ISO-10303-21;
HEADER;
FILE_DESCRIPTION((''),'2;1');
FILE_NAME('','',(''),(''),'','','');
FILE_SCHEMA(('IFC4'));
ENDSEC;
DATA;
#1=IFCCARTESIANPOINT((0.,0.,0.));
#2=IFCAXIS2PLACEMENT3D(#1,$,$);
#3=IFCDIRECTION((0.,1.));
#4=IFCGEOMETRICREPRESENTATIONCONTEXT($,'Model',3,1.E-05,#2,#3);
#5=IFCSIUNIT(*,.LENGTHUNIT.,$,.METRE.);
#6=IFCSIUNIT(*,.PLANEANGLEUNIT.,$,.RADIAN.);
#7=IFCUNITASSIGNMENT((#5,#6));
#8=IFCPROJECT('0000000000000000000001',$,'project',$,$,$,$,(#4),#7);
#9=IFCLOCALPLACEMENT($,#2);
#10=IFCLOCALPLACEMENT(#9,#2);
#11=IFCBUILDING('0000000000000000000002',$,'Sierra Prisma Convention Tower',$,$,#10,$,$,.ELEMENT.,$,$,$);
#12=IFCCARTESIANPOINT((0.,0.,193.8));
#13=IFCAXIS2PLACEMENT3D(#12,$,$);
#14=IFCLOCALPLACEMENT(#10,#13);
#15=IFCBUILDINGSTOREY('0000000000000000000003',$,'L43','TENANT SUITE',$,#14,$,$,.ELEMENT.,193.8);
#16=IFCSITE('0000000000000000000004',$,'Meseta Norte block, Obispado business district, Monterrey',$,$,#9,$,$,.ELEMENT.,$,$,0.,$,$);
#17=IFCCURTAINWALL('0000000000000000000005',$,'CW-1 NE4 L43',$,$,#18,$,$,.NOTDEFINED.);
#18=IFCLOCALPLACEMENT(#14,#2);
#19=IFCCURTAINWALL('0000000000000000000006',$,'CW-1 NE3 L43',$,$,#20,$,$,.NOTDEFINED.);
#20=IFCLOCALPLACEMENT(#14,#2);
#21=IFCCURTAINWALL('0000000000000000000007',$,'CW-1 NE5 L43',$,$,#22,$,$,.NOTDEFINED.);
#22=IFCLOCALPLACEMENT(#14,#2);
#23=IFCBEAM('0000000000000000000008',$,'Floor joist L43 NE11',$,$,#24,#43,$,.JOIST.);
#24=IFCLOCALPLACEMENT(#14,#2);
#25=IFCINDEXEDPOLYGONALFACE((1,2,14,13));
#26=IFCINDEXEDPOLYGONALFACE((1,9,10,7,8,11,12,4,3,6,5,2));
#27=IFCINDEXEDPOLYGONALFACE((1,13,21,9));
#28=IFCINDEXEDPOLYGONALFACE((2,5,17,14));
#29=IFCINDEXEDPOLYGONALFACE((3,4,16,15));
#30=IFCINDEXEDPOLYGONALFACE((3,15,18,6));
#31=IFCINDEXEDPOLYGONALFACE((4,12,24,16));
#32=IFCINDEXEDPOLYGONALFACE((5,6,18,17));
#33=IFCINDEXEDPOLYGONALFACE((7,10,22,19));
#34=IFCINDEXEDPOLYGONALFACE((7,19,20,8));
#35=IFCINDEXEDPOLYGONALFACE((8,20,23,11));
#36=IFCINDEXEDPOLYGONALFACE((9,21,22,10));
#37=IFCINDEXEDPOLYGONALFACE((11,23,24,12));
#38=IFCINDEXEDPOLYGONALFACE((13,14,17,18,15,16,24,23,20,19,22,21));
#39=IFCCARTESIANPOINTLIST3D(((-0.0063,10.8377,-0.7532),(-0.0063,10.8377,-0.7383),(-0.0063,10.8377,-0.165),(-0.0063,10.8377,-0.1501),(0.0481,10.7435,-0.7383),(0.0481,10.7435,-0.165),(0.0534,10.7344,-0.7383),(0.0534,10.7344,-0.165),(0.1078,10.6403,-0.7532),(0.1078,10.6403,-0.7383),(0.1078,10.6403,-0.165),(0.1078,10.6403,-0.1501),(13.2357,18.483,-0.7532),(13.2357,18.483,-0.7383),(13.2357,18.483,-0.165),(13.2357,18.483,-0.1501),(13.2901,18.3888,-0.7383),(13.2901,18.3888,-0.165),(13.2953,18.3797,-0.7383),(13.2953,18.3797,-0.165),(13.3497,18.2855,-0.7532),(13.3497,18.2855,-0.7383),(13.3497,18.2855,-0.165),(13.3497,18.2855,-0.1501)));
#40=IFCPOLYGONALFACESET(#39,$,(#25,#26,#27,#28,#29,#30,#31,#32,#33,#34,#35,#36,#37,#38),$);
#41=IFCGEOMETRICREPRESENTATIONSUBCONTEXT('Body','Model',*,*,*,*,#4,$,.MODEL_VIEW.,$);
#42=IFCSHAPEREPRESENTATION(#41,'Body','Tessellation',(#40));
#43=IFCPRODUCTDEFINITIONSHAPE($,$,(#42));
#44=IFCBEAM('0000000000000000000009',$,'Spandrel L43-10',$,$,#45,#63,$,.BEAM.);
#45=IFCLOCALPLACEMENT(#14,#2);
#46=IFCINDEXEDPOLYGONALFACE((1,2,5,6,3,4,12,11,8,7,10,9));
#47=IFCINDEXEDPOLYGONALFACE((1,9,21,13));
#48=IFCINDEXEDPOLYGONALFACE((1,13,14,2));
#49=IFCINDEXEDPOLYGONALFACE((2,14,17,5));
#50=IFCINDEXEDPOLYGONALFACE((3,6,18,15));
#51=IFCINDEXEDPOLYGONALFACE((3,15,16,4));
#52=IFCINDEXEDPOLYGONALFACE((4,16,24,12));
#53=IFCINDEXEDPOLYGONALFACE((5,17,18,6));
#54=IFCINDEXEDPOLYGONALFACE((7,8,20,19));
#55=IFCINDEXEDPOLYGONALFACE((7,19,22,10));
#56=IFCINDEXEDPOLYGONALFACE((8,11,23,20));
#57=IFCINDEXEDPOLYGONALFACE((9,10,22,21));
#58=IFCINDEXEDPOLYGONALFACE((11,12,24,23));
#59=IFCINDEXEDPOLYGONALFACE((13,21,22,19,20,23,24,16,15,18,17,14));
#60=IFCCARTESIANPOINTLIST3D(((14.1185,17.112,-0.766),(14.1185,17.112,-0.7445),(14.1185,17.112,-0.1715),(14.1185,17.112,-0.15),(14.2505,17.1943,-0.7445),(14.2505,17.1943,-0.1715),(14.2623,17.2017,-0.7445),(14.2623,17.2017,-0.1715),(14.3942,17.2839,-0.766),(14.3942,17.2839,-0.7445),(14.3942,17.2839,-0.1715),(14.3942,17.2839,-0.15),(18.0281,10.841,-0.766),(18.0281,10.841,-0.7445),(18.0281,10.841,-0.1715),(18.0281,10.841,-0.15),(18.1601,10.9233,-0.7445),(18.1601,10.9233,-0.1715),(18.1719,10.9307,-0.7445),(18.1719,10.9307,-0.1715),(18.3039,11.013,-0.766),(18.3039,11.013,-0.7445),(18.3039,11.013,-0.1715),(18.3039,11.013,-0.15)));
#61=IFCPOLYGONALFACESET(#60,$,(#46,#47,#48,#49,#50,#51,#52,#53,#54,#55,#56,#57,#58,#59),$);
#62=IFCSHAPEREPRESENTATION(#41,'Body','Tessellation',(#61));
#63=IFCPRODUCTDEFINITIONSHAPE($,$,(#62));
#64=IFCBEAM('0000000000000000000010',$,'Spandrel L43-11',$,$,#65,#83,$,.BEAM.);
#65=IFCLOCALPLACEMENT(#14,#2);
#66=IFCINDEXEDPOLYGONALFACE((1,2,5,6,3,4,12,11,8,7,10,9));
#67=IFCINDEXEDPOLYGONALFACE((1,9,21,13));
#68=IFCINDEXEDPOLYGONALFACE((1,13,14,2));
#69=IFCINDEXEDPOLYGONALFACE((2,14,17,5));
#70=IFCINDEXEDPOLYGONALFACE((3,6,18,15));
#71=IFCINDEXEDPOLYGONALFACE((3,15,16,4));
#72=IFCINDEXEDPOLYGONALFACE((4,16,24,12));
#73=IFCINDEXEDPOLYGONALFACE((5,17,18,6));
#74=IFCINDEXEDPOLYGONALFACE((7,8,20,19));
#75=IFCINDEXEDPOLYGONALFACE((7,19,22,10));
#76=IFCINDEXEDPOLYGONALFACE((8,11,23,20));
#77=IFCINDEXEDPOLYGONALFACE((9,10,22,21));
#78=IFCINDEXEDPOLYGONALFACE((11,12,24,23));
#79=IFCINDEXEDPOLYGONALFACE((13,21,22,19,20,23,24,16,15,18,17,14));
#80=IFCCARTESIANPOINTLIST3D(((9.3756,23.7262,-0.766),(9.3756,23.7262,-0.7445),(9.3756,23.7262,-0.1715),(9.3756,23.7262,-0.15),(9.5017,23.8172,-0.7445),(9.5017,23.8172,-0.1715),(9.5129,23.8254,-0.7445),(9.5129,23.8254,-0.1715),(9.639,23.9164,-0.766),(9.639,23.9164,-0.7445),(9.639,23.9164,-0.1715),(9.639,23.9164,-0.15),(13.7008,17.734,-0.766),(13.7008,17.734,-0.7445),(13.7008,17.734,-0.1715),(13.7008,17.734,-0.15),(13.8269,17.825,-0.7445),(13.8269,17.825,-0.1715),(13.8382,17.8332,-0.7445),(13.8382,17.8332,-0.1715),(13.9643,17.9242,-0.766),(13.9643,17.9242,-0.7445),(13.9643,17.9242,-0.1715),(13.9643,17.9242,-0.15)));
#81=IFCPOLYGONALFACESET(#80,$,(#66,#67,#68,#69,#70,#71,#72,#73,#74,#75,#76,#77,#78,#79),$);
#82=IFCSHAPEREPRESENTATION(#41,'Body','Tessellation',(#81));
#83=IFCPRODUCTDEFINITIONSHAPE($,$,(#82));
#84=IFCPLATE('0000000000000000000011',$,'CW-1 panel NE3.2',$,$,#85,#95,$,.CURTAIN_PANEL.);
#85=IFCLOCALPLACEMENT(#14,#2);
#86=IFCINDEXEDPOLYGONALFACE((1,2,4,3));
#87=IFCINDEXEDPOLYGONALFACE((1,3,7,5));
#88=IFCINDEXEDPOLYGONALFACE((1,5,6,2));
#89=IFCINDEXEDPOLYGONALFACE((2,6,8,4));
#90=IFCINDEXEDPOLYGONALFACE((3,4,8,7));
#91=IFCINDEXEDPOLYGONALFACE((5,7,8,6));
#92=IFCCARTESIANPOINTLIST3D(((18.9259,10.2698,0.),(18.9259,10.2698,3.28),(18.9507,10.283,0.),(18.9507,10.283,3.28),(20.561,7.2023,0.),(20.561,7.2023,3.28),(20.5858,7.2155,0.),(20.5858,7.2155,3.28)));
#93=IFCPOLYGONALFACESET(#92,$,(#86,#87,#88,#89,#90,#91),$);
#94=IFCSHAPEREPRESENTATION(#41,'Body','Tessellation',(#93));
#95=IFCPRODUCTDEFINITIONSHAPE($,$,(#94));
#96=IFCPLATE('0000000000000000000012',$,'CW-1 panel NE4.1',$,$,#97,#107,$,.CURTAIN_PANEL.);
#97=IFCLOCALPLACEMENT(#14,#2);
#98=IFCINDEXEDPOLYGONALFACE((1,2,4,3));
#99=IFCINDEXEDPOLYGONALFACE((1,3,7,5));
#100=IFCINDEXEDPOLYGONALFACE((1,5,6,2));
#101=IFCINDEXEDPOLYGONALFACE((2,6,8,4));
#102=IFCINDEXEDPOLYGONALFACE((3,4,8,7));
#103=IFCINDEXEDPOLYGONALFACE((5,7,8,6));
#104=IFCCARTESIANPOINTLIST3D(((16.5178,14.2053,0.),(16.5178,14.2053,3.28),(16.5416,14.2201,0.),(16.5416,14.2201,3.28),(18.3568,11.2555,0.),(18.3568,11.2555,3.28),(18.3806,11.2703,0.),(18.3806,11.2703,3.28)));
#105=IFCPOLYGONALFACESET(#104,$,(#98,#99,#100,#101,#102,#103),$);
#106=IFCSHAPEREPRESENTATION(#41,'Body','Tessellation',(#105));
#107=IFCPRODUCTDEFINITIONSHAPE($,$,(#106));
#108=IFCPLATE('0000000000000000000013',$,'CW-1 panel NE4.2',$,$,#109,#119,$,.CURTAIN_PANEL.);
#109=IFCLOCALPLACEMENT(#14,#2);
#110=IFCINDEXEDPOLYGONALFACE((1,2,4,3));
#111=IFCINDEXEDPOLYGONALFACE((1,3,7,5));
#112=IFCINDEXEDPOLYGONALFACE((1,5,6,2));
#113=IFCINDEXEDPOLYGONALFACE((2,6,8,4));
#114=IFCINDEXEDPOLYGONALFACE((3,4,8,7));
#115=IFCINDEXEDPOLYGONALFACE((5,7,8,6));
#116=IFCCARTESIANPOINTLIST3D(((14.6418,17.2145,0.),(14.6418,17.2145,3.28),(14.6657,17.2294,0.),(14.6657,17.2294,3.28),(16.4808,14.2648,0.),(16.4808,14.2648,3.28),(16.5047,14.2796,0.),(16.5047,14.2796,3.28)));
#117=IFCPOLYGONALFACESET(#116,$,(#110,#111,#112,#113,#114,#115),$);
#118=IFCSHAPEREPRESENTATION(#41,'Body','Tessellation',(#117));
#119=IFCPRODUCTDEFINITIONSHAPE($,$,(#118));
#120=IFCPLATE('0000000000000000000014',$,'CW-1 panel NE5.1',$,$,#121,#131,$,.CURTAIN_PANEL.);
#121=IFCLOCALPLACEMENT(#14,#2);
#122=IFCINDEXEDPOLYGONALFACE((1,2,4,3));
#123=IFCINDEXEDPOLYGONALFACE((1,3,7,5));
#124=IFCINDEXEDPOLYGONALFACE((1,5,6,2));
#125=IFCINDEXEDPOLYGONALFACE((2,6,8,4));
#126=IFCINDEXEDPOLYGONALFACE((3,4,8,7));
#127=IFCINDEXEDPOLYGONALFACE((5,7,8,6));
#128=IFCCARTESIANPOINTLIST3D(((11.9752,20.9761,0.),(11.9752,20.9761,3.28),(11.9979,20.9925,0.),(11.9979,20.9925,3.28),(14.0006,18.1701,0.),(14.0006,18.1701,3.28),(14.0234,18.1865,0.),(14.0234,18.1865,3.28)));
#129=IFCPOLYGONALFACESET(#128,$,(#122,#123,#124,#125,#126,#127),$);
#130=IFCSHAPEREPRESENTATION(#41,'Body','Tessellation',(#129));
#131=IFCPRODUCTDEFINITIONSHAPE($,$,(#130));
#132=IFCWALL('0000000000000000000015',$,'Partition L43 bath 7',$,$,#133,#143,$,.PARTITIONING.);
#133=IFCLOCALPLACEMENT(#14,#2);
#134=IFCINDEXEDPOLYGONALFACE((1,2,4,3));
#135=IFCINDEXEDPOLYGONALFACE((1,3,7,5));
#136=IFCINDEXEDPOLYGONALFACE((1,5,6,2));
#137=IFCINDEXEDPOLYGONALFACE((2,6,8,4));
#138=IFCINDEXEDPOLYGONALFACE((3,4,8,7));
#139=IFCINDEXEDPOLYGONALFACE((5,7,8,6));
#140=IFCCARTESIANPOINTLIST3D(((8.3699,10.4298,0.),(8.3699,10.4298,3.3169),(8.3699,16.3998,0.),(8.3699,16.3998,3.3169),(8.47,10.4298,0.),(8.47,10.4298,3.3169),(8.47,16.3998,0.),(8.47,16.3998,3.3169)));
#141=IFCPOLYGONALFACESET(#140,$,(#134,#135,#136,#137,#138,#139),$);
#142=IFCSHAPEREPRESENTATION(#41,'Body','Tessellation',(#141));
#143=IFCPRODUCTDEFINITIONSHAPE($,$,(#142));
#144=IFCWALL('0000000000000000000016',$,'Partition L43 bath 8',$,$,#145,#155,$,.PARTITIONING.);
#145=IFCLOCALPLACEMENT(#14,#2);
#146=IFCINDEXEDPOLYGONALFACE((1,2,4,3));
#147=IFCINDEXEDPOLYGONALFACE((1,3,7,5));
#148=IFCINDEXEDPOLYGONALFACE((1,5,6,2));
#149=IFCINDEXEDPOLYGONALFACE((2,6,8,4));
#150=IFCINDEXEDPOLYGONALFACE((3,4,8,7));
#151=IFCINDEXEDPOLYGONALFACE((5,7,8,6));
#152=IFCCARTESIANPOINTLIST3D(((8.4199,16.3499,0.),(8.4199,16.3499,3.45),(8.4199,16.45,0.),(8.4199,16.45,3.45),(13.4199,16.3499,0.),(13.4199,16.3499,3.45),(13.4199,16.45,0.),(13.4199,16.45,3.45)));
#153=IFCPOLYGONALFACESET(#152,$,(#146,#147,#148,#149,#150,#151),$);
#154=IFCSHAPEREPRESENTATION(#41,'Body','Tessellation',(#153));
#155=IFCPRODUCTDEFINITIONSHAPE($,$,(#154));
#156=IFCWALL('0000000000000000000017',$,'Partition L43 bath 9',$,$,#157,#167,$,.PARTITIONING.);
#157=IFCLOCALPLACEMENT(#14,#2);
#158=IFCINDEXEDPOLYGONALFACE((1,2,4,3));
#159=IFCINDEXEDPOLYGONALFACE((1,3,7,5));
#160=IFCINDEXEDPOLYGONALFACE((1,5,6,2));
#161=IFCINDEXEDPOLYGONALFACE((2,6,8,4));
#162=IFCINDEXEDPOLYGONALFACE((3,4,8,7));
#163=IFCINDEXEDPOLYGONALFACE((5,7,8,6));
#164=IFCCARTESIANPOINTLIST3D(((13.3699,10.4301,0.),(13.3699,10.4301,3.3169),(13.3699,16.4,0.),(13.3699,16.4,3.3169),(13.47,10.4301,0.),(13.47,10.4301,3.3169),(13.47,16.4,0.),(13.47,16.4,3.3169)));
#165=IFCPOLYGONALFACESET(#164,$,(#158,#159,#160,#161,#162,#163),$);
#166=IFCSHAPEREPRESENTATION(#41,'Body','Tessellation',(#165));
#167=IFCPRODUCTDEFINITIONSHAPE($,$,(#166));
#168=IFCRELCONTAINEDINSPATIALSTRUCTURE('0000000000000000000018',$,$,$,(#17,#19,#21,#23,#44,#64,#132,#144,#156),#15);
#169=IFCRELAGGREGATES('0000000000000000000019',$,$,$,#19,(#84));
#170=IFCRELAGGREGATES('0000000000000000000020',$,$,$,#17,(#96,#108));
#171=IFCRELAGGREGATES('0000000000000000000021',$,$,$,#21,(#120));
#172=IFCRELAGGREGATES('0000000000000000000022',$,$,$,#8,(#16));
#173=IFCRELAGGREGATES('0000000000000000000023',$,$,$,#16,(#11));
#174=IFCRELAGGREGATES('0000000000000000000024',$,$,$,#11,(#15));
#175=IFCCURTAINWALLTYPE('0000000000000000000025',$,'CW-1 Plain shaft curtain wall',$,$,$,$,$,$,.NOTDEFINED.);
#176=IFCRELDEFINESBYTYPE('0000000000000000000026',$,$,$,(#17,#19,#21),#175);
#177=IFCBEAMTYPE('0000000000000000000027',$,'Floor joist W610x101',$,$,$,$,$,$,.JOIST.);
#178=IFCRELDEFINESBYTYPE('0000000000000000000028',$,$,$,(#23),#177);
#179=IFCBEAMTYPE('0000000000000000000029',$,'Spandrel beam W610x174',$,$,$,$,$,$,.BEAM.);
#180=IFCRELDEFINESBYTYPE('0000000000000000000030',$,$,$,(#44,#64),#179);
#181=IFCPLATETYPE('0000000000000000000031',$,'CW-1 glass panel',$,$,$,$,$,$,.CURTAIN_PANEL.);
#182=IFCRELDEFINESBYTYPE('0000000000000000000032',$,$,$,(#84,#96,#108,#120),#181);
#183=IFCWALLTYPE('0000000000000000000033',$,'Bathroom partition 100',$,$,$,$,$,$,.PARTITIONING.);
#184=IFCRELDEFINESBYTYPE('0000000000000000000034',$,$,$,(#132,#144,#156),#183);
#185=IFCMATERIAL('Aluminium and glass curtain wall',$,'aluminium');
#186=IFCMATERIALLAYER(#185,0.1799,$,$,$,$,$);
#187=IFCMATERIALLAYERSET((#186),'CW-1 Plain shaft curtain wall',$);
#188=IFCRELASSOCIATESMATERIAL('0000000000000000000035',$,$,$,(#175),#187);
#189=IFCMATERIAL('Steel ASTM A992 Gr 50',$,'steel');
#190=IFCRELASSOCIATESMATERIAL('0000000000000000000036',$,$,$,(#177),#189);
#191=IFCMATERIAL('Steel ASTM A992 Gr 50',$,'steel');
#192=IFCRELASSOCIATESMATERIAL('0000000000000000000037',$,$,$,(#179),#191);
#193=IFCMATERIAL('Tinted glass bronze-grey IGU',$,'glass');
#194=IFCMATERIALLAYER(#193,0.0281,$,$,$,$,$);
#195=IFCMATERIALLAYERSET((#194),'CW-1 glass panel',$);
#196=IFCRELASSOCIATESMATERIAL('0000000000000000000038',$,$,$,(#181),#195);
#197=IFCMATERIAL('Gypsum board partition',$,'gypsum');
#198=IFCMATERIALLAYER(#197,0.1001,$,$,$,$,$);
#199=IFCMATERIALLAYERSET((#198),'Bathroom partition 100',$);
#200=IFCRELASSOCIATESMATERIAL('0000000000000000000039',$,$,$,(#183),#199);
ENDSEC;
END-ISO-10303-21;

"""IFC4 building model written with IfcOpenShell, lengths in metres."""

from ifc_helpers import new_model, si_unit, direction, frame, frame_2d, origin, origin_2d, place, context, subcontext, project, spatial, rectangle, i_section, extrude, material, layer, layer_set, material_profile, profile_set, type_object, element, aggregate, save


model = new_model("IFC4")

# Units and contexts
model_context = context("Model", 3, precision=1e-05, world=origin(), true_north=direction((0.0, 1.0)))
body_context = subcontext(model_context, "Body", "Model", "MODEL_VIEW")
ifc_project = project(units=[si_unit("LENGTHUNIT", "METRE"), si_unit("PLANEANGLEUNIT", "RADIAN")], contexts=[model_context])

# Site, building, storey
site_placement = place(None, origin())
site = spatial("IfcSite", under=ifc_project, at=site_placement, Name="Meseta Norte block, Obispado business district, Monterrey", CompositionType="ELEMENT", RefElevation=0.0)
building_placement = place(site_placement, origin())
building = spatial("IfcBuilding", under=site, at=building_placement, Name="Sierra Prisma Convention Tower", CompositionType="ELEMENT")
storey_placement = place(building_placement, frame((0.0, 0.0, 193.8)))
storey = spatial("IfcBuildingStorey", under=building, at=storey_placement, Name="L43", Description="TENANT SUITE", CompositionType="ELEMENT", Elevation=193.8)

# Curtain wall
ifc_material_1 = material(Name="Aluminium and glass curtain wall", Category="aluminium")
ifc_layer_1 = layer(ifc_material_1, 0.1799)
ifc_layer_set_1 = layer_set([ifc_layer_1], Name="CW-1 Plain shaft curtain wall")
curtain_wall_type = type_object("IfcCurtainWallType", Name="CW-1 Plain shaft curtain wall", PredefinedType="NOTDEFINED", material=ifc_layer_set_1)
curtain_wall_1_placement = place(storey_placement, origin())
curtain_wall_1 = element("IfcCurtainWall", 1, at=curtain_wall_1_placement, inside=storey, type_object=curtain_wall_type, Name="CW-1 NE4 L43", PredefinedType="NOTDEFINED")

# Curtain wall
curtain_wall_2_placement = place(storey_placement, origin())
curtain_wall_2 = element("IfcCurtainWall", 2, at=curtain_wall_2_placement, inside=storey, type_object=curtain_wall_type, Name="CW-1 NE3 L43", PredefinedType="NOTDEFINED")

# Curtain wall
curtain_wall_3_placement = place(storey_placement, origin())
curtain_wall_3 = element("IfcCurtainWall", 3, at=curtain_wall_3_placement, inside=storey, type_object=curtain_wall_type, Name="CW-1 NE5 L43", PredefinedType="NOTDEFINED")

# Beams
ifc_material_2 = material(Name="Steel ASTM A992 Gr 50", Category="steel")
ifc_material_profile_1 = material_profile(ifc_material_2, i_section(OverallWidth=0.228, OverallDepth=0.603, WebThickness=0.0105, FlangeThickness=0.0149, at=origin_2d()), Name="W610x101")
ifc_profile_set_1 = profile_set([ifc_material_profile_1], Name="Steel ASTM A992 Gr 50")
beam_type_1 = type_object("IfcBeamType", Name="Floor joist W610x101", PredefinedType="JOIST", material=ifc_profile_set_1)
beam_1_placement = place(storey_placement, frame((13.2927, 18.3843, -0.4517), z_axis=(-0.866025, -0.500001, 0.0), x_axis=(0.500001, -0.866025, 0.0)))
element("IfcBeam", 4, at=beam_1_placement, inside=storey, type_object=beam_type_1, Name="Floor joist L43 NE11", PredefinedType="JOIST", context=body_context, shape_type="SweptSolid", body=[
    extrude(i_section(OverallWidth=0.228, OverallDepth=0.603, WebThickness=0.0105, FlangeThickness=0.0149, at=origin_2d()), origin(), (0.0, 0.0, 1.0), 15.2905),
])
ifc_material_3 = material(Name="Steel ASTM A992 Gr 50", Category="steel")
ifc_material_profile_2 = material_profile(ifc_material_3, i_section(OverallWidth=0.325, OverallDepth=0.616, WebThickness=0.0139, FlangeThickness=0.0215, at=origin_2d()), Name="W610x174")
ifc_profile_set_2 = profile_set([ifc_material_profile_2], Name="Steel ASTM A992 Gr 50")
beam_type_2 = type_object("IfcBeamType", Name="Spandrel beam W610x174", PredefinedType="BEAM", material=ifc_profile_set_2)
beam_2_placement = place(storey_placement, frame((18.166, 10.927, -0.458), z_axis=(-0.529054, 0.848588, 0.0), x_axis=(-0.848588, -0.529054, 0.0)))
element("IfcBeam", 5, at=beam_2_placement, inside=storey, type_object=beam_type_2, Name="Spandrel L43-10", PredefinedType="BEAM", context=body_context, shape_type="SweptSolid", body=[
    extrude(i_section(OverallWidth=0.325, OverallDepth=0.616, WebThickness=0.0139, FlangeThickness=0.0215, at=origin_2d()), origin(), (0.0, 0.0, 1.0), 7.3899),
])
beam_3_placement = place(storey_placement, frame((13.8325, 17.8291, -0.458), z_axis=(-0.585269, 0.810839, 0.0), x_axis=(-0.810839, -0.585269, 0.0)))
element("IfcBeam", 6, at=beam_3_placement, inside=storey, type_object=beam_type_2, Name="Spandrel L43-11", PredefinedType="BEAM", context=body_context, shape_type="SweptSolid", body=[
    extrude(i_section(OverallWidth=0.325, OverallDepth=0.616, WebThickness=0.0139, FlangeThickness=0.0215, at=origin_2d()), origin(), (0.0, 0.0, 1.0), 7.3901),
])

# Plates
ifc_material_4 = material(Name="Tinted glass bronze-grey IGU", Category="glass")
ifc_layer_2 = layer(ifc_material_4, 0.0281)
ifc_layer_set_2 = layer_set([ifc_layer_2], Name="CW-1 glass panel")
plate_type = type_object("IfcPlateType", Name="CW-1 glass panel", PredefinedType="CURTAIN_PANEL", material=ifc_layer_set_2)
plate_1_placement = place(storey_placement, frame((19.7559, 8.7427, 0.0), z_axis=(0.0, 0.0, 1.0), x_axis=(-0.470383, 0.882462, 0.0)))
plate_1 = element("IfcPlate", 7, at=plate_1_placement, type_object=plate_type, Name="CW-1 panel NE3.2", PredefinedType="CURTAIN_PANEL", context=body_context, shape_type="SweptSolid", body=[
    extrude(rectangle(XDim=3.4761, YDim=0.0281, at=origin_2d()), origin(), (0.0, 0.0, 1.0), 3.28),
])
aggregate(curtain_wall_2, [plate_1])
plate_2_placement = place(storey_placement, frame((17.4492, 12.7378, 0.0), z_axis=(0.0, 0.0, 1.0), x_axis=(-0.529044, 0.848595, 0.0)))
plate_2 = element("IfcPlate", 8, at=plate_2_placement, type_object=plate_type, Name="CW-1 panel NE4.1", PredefinedType="CURTAIN_PANEL", context=body_context, shape_type="SweptSolid", body=[
    extrude(rectangle(XDim=3.4761, YDim=0.0281, at=origin_2d()), origin(), (0.0, 0.0, 1.0), 3.28),
])
plate_3_placement = place(storey_placement, frame((15.5732, 15.7471, 0.0), z_axis=(0.0, 0.0, 1.0), x_axis=(-0.529044, 0.848595, 0.0)))
plate_3 = element("IfcPlate", 9, at=plate_3_placement, type_object=plate_type, Name="CW-1 panel NE4.2", PredefinedType="CURTAIN_PANEL", context=body_context, shape_type="SweptSolid", body=[
    extrude(rectangle(XDim=3.4761, YDim=0.0281, at=origin_2d()), origin(), (0.0, 0.0, 1.0), 3.28),
])
aggregate(curtain_wall_1, [plate_2, plate_3])
plate_4_placement = place(storey_placement, frame((12.9993, 19.5813, 0.0), z_axis=(0.0, 0.0, 1.0), x_axis=(-0.585277, 0.810833, 0.0)))
plate_4 = element("IfcPlate", 10, at=plate_4_placement, type_object=plate_type, Name="CW-1 panel NE5.1", PredefinedType="CURTAIN_PANEL", context=body_context, shape_type="SweptSolid", body=[
    extrude(rectangle(XDim=3.4607, YDim=0.0281, at=origin_2d()), origin(), (0.0, 0.0, 1.0), 3.28),
])
aggregate(curtain_wall_3, [plate_4])

# Walls
ifc_material_5 = material(Name="Gypsum board partition", Category="gypsum")
ifc_layer_3 = layer(ifc_material_5, 0.1001)
ifc_layer_set_3 = layer_set([ifc_layer_3], Name="Bathroom partition 100")
wall_type_1 = type_object("IfcWallType", Name="Bathroom partition 100", PredefinedType="PARTITIONING", material=ifc_layer_set_3)
wall_1_placement = place(storey_placement, frame((8.4199, 10.4299, 0.0), z_axis=(0.0, 0.0, 1.0), x_axis=(0.0, 1.0, 0.0)))
element("IfcWall", 11, at=wall_1_placement, inside=storey, type_object=wall_type_1, Name="Partition L43 bath 7", PredefinedType="PARTITIONING", context=body_context, shape_type="SweptSolid", body=[
    extrude(rectangle(XDim=5.97, YDim=0.1001, at=frame_2d((2.9849, 0.0))), origin(), (0.0, 0.0, 1.0), 3.3169),
])
wall_2_placement = place(storey_placement, frame((8.4199, 16.3999, 0.0), z_axis=(0.0, 0.0, 1.0), x_axis=(1.0, 0.0, 0.0)))
element("IfcWall", 12, at=wall_2_placement, inside=storey, type_object=wall_type_1, Name="Partition L43 bath 8", PredefinedType="PARTITIONING", context=body_context, shape_type="SweptSolid", body=[
    extrude(rectangle(XDim=5.0, YDim=0.1001, at=frame_2d((2.5, 0.0))), origin(), (0.0, 0.0, 1.0), 3.45),
])
wall_3_placement = place(storey_placement, frame((13.4199, 16.3999, 0.0), z_axis=(0.0, 0.0, 1.0), x_axis=(0.0, -1.0, 0.0)))
element("IfcWall", 13, at=wall_3_placement, inside=storey, type_object=wall_type_1, Name="Partition L43 bath 9", PredefinedType="PARTITIONING", context=body_context, shape_type="SweptSolid", body=[
    extrude(rectangle(XDim=5.97, YDim=0.1001, at=frame_2d((2.9849, 0.0))), origin(), (0.0, 0.0, 1.0), 3.3169),
])

save(model, "model.ifc")
